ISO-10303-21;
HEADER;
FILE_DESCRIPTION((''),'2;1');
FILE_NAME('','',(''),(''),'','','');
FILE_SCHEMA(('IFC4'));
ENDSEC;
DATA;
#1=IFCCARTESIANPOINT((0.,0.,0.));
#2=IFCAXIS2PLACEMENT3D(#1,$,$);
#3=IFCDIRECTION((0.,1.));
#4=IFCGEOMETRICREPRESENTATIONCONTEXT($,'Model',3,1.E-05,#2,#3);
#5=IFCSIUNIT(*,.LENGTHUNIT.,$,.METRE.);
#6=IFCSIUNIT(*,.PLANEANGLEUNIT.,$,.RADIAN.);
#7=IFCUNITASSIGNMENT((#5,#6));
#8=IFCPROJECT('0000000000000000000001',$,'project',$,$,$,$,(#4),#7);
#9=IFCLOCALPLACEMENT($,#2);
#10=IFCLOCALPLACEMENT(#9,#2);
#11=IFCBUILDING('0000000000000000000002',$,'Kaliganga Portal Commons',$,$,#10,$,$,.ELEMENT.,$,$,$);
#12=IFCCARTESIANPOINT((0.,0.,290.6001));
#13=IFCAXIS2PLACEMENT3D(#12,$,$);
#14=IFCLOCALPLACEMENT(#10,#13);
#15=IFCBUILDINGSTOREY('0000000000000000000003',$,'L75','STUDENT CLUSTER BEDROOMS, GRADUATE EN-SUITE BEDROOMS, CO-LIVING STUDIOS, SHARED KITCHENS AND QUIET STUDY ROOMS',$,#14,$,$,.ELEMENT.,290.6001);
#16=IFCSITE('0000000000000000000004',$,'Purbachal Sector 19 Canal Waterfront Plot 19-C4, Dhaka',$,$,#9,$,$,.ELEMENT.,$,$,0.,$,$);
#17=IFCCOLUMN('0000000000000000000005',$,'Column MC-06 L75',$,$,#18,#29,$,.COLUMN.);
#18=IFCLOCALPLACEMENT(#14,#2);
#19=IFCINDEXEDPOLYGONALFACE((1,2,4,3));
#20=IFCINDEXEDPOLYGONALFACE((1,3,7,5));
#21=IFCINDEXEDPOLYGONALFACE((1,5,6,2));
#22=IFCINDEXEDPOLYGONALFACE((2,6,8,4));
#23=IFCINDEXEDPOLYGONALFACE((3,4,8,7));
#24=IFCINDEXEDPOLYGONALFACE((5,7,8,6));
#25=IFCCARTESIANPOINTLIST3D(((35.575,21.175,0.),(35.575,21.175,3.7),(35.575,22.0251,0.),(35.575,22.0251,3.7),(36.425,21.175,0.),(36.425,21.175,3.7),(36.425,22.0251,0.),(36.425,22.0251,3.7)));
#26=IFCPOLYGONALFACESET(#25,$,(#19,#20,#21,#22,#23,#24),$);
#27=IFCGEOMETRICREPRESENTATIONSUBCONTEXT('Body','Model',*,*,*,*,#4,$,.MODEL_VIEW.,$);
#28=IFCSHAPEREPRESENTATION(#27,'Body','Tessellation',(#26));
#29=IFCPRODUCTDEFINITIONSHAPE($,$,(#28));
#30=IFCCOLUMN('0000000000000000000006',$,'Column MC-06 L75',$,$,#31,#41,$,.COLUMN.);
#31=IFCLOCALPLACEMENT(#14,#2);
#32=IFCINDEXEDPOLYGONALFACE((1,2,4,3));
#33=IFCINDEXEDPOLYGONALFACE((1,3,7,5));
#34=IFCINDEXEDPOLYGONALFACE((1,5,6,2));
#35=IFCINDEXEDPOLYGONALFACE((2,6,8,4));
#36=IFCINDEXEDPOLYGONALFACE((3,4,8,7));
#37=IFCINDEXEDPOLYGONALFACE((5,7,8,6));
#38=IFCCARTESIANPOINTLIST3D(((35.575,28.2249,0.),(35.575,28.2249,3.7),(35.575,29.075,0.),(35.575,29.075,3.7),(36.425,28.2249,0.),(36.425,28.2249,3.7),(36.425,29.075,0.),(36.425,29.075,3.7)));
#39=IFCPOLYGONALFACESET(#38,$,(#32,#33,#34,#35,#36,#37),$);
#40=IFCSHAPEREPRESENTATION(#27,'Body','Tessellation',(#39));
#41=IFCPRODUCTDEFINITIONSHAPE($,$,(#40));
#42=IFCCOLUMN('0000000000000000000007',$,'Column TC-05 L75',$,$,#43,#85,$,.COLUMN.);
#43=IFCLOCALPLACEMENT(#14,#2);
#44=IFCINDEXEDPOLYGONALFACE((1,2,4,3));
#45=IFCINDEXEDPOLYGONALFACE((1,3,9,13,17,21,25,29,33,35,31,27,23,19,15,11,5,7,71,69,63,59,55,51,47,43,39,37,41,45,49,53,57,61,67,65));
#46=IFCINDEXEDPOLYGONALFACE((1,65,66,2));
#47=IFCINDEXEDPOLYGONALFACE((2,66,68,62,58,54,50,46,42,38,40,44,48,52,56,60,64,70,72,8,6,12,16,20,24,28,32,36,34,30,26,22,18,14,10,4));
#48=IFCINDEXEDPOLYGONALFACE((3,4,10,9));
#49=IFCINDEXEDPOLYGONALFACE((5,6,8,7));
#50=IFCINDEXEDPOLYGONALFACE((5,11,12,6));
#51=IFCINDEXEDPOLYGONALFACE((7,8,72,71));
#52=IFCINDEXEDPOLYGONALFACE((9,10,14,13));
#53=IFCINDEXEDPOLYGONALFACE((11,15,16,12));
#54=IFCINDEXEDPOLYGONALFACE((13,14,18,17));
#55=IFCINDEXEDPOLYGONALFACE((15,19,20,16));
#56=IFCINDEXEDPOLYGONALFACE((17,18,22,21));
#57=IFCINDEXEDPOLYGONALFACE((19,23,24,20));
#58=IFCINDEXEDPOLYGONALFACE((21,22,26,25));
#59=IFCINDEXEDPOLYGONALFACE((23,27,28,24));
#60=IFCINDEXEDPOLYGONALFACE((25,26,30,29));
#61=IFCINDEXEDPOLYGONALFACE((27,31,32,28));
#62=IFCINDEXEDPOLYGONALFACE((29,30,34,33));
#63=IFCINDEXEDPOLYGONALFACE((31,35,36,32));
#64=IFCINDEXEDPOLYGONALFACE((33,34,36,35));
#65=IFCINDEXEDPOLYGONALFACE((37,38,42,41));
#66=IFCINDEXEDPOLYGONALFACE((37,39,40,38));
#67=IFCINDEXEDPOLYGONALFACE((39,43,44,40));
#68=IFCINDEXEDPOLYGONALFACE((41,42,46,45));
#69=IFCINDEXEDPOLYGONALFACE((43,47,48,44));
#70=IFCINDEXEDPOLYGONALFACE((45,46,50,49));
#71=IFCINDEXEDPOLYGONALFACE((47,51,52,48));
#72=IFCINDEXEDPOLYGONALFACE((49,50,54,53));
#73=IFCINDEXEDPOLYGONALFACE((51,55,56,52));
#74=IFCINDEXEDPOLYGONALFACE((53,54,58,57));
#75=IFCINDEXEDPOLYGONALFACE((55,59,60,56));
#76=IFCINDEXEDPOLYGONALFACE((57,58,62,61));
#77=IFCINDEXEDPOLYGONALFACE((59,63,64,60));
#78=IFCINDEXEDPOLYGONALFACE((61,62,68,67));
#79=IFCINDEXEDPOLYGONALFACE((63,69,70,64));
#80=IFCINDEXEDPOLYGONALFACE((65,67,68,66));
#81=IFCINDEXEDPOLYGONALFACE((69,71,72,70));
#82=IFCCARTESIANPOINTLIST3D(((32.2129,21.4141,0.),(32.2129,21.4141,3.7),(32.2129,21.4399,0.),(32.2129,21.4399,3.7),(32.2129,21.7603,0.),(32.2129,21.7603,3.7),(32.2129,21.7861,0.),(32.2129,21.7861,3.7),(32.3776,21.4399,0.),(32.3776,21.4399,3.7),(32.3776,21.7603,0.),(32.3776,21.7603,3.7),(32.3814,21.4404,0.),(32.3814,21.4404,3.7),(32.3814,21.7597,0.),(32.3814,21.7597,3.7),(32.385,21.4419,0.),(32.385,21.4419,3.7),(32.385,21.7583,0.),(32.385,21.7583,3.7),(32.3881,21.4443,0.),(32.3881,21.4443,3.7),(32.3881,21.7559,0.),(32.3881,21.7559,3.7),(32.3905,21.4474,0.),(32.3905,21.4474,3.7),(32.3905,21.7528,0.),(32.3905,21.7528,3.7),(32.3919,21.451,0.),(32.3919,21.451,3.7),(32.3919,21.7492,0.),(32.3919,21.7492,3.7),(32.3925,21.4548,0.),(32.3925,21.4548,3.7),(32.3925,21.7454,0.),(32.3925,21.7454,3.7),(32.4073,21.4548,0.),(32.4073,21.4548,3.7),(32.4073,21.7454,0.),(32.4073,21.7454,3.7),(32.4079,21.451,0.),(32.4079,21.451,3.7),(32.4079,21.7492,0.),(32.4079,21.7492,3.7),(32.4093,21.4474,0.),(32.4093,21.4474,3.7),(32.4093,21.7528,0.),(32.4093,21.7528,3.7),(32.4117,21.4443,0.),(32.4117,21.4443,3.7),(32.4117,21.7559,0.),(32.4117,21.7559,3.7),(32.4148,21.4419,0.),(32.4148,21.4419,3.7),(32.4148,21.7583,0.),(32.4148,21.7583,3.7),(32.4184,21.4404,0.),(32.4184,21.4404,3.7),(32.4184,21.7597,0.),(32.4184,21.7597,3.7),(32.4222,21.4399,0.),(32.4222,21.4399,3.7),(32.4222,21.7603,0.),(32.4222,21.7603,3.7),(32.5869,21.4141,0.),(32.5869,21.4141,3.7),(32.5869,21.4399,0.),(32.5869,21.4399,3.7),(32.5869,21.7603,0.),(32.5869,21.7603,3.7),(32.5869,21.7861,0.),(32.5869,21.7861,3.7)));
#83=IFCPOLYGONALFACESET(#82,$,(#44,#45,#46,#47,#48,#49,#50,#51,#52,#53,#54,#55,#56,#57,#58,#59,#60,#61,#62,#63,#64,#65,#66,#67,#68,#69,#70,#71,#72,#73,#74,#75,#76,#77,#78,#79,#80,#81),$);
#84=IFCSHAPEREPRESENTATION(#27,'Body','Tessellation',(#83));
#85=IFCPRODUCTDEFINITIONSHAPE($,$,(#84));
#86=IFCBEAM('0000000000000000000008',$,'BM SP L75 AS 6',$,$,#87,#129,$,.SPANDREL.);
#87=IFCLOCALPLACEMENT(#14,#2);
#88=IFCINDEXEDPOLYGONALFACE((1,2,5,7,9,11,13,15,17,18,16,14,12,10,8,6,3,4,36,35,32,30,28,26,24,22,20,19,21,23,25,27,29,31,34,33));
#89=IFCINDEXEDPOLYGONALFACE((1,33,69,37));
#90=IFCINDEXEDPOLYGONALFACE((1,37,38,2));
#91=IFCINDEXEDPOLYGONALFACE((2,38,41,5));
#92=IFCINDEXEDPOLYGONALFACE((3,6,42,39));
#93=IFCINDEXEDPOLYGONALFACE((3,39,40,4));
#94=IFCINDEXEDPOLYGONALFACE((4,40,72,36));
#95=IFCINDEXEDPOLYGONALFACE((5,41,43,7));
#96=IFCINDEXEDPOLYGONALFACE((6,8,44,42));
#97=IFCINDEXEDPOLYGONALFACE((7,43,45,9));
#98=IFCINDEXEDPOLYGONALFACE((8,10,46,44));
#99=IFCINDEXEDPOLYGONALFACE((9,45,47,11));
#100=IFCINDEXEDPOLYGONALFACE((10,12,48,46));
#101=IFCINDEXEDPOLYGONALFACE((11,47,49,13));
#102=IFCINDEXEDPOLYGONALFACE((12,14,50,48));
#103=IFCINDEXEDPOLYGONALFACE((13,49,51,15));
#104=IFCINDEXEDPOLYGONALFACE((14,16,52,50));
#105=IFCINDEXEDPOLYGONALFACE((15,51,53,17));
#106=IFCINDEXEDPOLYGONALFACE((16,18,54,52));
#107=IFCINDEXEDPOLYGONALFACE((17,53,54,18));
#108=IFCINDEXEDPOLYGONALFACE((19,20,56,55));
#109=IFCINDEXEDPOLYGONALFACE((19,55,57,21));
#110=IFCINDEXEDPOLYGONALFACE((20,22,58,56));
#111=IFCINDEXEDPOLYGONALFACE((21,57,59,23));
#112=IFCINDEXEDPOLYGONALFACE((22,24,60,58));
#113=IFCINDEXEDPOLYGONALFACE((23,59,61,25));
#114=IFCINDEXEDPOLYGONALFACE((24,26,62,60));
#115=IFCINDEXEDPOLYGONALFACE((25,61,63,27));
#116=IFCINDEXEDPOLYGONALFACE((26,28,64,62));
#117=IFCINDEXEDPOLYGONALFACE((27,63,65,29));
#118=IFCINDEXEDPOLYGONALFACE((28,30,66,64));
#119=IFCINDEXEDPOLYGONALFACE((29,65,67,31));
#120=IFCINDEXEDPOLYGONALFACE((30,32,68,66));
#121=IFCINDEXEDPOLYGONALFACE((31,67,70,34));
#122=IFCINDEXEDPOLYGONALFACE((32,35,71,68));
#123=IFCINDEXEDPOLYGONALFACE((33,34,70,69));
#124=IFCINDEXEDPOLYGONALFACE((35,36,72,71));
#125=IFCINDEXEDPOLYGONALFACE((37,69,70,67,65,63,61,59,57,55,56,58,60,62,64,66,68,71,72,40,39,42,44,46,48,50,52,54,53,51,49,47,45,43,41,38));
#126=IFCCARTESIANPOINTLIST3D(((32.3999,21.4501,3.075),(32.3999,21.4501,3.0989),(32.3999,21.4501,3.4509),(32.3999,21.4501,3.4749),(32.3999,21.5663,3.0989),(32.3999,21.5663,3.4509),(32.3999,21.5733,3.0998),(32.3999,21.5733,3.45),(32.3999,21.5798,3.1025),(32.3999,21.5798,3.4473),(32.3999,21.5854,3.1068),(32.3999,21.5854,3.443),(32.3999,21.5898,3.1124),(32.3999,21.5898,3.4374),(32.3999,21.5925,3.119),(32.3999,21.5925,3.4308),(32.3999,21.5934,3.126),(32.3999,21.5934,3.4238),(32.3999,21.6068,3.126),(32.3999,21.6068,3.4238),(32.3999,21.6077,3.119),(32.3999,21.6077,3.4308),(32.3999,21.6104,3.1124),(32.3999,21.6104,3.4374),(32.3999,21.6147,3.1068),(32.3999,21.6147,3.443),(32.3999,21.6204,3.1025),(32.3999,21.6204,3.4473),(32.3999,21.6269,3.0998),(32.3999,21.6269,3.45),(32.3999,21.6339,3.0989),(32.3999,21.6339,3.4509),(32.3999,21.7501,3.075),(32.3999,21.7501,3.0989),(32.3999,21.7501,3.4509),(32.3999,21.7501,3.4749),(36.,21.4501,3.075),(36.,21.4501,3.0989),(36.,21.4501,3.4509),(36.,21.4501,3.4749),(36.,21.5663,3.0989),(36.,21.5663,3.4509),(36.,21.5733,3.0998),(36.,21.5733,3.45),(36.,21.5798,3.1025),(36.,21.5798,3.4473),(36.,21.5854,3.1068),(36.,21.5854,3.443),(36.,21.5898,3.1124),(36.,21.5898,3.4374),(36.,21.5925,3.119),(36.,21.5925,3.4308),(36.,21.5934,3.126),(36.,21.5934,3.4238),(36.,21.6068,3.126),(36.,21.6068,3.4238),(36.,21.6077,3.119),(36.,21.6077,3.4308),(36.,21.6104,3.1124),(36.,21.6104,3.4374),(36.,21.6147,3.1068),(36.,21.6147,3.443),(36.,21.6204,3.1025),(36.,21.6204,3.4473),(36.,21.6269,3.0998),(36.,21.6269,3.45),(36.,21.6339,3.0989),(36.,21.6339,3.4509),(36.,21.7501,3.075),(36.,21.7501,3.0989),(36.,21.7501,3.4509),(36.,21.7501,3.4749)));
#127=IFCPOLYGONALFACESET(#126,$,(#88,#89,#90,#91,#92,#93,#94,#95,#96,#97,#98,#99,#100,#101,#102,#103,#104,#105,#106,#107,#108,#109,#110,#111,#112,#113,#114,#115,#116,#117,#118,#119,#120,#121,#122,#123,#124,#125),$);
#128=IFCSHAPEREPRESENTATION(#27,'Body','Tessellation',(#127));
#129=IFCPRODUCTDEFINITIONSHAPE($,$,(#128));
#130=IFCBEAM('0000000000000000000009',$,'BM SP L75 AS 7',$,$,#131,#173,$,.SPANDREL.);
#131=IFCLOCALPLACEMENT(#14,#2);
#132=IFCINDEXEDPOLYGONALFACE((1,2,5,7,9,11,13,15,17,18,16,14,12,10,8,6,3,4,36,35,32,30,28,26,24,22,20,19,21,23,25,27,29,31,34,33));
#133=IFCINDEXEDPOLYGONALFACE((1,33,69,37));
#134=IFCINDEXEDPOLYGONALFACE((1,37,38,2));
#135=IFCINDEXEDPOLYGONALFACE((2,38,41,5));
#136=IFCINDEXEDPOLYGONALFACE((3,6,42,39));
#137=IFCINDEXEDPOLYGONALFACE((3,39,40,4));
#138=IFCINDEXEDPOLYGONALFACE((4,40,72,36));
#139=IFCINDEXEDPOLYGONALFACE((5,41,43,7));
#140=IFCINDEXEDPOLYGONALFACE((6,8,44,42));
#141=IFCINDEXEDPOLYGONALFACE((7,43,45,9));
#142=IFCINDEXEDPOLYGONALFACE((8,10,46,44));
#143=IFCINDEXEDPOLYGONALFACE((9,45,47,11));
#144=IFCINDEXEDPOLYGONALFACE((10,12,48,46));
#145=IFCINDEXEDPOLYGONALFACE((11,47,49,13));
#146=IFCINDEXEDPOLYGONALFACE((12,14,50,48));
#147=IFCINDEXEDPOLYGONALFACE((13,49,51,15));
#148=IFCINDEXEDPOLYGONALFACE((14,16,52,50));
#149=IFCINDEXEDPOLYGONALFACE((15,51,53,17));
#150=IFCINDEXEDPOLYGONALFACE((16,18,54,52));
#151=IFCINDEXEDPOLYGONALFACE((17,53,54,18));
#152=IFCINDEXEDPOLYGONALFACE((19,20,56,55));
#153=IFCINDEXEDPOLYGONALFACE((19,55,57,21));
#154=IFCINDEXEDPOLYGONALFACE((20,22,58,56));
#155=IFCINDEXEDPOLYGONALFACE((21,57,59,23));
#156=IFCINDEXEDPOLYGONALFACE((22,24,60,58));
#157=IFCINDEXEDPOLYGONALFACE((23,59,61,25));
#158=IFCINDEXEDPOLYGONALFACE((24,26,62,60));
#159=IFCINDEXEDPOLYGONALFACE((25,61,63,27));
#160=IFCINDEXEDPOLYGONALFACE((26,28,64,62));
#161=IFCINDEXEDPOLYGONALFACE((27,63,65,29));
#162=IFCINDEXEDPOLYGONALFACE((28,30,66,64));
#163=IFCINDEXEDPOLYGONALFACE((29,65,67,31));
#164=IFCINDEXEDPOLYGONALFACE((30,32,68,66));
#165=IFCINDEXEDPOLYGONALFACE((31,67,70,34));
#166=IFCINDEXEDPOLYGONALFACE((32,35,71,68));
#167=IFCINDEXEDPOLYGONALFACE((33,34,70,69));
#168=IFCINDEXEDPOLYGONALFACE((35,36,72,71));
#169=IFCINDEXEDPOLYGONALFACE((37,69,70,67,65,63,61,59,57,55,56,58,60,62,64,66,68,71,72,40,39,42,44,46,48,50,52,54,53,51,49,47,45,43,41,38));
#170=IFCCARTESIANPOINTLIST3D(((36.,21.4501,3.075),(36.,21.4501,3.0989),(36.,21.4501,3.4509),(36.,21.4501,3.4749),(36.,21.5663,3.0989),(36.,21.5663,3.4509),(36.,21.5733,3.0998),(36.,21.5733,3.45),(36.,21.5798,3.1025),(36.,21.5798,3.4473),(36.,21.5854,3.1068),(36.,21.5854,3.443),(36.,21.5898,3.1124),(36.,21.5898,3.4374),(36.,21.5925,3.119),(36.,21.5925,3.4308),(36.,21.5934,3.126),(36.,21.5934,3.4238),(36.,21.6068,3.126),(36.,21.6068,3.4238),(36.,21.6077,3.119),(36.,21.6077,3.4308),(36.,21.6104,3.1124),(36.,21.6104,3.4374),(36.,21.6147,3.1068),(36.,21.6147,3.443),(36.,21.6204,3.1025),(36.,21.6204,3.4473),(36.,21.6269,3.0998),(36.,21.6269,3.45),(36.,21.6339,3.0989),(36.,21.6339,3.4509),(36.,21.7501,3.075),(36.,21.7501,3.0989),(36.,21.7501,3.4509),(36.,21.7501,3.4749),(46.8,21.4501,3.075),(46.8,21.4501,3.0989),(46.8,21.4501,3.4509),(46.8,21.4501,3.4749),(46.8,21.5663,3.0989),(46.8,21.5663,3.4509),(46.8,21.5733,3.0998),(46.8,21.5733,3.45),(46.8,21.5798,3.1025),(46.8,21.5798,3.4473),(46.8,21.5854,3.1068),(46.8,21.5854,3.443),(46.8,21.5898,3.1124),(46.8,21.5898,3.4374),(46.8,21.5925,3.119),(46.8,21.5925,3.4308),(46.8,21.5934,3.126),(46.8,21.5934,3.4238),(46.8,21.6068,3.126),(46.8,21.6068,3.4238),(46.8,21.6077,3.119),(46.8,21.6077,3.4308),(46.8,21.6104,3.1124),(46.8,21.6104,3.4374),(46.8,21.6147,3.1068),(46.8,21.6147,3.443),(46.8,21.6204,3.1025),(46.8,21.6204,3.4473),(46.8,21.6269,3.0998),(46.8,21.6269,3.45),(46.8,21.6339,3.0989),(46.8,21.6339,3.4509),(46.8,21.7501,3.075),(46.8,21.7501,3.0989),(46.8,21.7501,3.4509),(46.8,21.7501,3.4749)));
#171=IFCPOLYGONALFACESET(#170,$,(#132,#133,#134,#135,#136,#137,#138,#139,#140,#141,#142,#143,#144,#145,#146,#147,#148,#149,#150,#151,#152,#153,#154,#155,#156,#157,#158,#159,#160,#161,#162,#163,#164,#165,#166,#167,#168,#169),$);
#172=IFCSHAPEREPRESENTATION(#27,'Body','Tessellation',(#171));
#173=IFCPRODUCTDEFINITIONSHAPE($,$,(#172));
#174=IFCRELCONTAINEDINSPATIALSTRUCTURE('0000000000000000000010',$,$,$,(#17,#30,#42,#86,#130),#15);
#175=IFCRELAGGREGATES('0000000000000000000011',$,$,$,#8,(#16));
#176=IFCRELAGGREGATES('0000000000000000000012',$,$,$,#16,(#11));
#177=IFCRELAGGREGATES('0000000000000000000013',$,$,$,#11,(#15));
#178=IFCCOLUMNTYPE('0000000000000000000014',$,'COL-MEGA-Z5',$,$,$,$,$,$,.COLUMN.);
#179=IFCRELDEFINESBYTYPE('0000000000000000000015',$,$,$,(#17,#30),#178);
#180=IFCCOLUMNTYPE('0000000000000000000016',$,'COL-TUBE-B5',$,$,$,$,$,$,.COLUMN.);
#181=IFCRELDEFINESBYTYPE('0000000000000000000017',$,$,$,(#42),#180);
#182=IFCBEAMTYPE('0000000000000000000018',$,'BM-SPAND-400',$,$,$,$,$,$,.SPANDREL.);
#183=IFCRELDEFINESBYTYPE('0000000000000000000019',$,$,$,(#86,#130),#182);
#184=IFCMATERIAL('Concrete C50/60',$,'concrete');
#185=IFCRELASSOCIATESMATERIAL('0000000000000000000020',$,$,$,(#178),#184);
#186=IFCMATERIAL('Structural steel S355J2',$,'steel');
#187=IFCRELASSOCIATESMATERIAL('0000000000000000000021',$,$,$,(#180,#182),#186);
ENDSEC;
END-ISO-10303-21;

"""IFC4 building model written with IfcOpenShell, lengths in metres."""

from ifc_helpers import new_model, si_unit, direction, frame, origin, origin_2d, place, context, subcontext, project, spatial, rectangle, i_section, extrude, source, transform, mapped, material, material_profile, profile_set, type_object, element, save


model = new_model("IFC4")

# Units and contexts
model_context = context("Model", 3, precision=1e-05, world=origin(), true_north=direction((0.0, 1.0)))
body_context = subcontext(model_context, "Body", "Model", "MODEL_VIEW")
ifc_project = project(units=[si_unit("LENGTHUNIT", "METRE"), si_unit("PLANEANGLEUNIT", "RADIAN")], contexts=[model_context])

# Site, building, storey
site_placement = place(None, origin())
site = spatial("IfcSite", under=ifc_project, at=site_placement, Name="Purbachal Sector 19 Canal Waterfront Plot 19-C4, Dhaka", CompositionType="ELEMENT", RefElevation=0.0)
building_placement = place(site_placement, origin())
building = spatial("IfcBuilding", under=site, at=building_placement, Name="Kaliganga Portal Commons", CompositionType="ELEMENT")
storey_placement = place(building_placement, frame((0.0, 0.0, 290.6001)))
storey = spatial("IfcBuildingStorey", under=building, at=storey_placement, Name="L75", Description="STUDENT CLUSTER BEDROOMS, GRADUATE EN-SUITE BEDROOMS, CO-LIVING STUDIOS, SHARED KITCHENS AND QUIET STUDY ROOMS", CompositionType="ELEMENT", Elevation=290.6001)

# Columns
ifc_material_1 = material(Name="Concrete C50/60", Category="concrete")
ifc_material_profile_1 = material_profile(ifc_material_1, rectangle(XDim=0.8501, YDim=0.8501, at=origin_2d()), Name="RC 850x850")
ifc_profile_set_1 = profile_set([ifc_material_profile_1], Name="Concrete C50/60")
column_type_1 = type_object("IfcColumnType", Name="COL-MEGA-Z5", PredefinedType="COLUMN", material=ifc_profile_set_1)
shared_shape_1 = source(origin(), body_context, "Body", "SweptSolid", [
    extrude(rectangle(XDim=0.8501, YDim=0.8501, at=origin_2d()), origin(), (0.0, 0.0, 1.0), 3.7),
])
for number, where, z_axis, x_axis, name in (
    (1, (36.0, 21.6001, 0.0), (0.0, 0.0, 1.0), (1.0, 0.0, 0.0), "Column MC-06 L75"),
    (2, (36.0, 28.6499, 0.0), (0.0, 0.0, 1.0), (1.0, 0.0, 0.0), "Column MC-06 L75"),
):
    element("IfcColumn", number, at=place(storey_placement, frame(where, z_axis=z_axis, x_axis=x_axis)), inside=storey, type_object=column_type_1, Name=name, PredefinedType="COLUMN", context=body_context, shape_type="MappedRepresentation", body=[
        mapped(shared_shape_1, transform((0.0, 0.0, 0.0), x_axis=(1.0, 0.0, 0.0), y_axis=(0.0, 1.0, 0.0), z_axis=(0.0, 0.0, 1.0), scale=1.0)),
    ])
ifc_material_2 = material(Name="Structural steel S355J2", Category="steel")
ifc_material_profile_2 = material_profile(ifc_material_2, i_section(OverallWidth=0.374, OverallDepth=0.3721, WebThickness=0.0149, FlangeThickness=0.0259, FilletRadius=0.0149, at=origin_2d()), Name="HD 360x196")
ifc_profile_set_2 = profile_set([ifc_material_profile_2], Name="Structural steel S355J2 wide-flange")
column_type_2 = type_object("IfcColumnType", Name="COL-TUBE-B5", PredefinedType="COLUMN", material=ifc_profile_set_2)
shared_shape_2 = source(origin(), body_context, "Body", "SweptSolid", [
    extrude(i_section(OverallWidth=0.374, OverallDepth=0.3721, WebThickness=0.0149, FlangeThickness=0.0259, FilletRadius=0.0149, at=origin_2d()), origin(), (0.0, 0.0, 1.0), 3.7),
])
column_placement = place(storey_placement, frame((32.3999, 21.6001, 0.0), z_axis=(0.0, 0.0, 1.0), x_axis=(1.0, 0.0, 0.0)))
element("IfcColumn", 3, at=column_placement, inside=storey, type_object=column_type_2, Name="Column TC-05 L75", PredefinedType="COLUMN", context=body_context, shape_type="MappedRepresentation", body=[
    mapped(shared_shape_2, transform((0.0, 0.0, 0.0), x_axis=(1.0, 0.0, 0.0), y_axis=(0.0, 1.0, 0.0), z_axis=(0.0, 0.0, 1.0), scale=1.0)),
])

# Beams
ifc_material_profile_3 = material_profile(ifc_material_2, i_section(OverallWidth=0.3, OverallDepth=0.3999, WebThickness=0.0134, FlangeThickness=0.0239, FilletRadius=0.0271, at=origin_2d()), Name="HE 400 B")
ifc_profile_set_3 = profile_set([ifc_material_profile_3], Name="Structural steel S355J2 wide-flange")
beam_type_1 = type_object("IfcBeamType", Name="BM-SPAND-400", PredefinedType="SPANDREL", material=ifc_profile_set_3)
shared_shape_3 = source(origin(), body_context, "Body", "SweptSolid", [
    extrude(i_section(OverallWidth=0.3, OverallDepth=0.3999, WebThickness=0.0134, FlangeThickness=0.0239, FilletRadius=0.0271, at=origin_2d()), origin(), (0.0, 0.0, 1.0), 3.6001),
])
beam_1_placement = place(storey_placement, frame((32.3999, 21.6001, 3.2749), z_axis=(1.0, 0.0, 0.0), x_axis=(0.0, 1.0, 0.0)))
element("IfcBeam", 4, at=beam_1_placement, inside=storey, type_object=beam_type_1, Name="BM SP L75 AS 6", PredefinedType="SPANDREL", context=body_context, shape_type="MappedRepresentation", body=[
    mapped(shared_shape_3, transform((0.0, 0.0, 0.0), x_axis=(1.0, 0.0, 0.0), y_axis=(0.0, 1.0, 0.0), z_axis=(0.0, 0.0, 1.0), scale=1.0)),
])
shared_shape_4 = source(origin(), body_context, "Body", "SweptSolid", [
    extrude(i_section(OverallWidth=0.3, OverallDepth=0.3999, WebThickness=0.0134, FlangeThickness=0.0239, FilletRadius=0.0271, at=origin_2d()), origin(), (0.0, 0.0, 1.0), 10.8),
])
beam_2_placement = place(storey_placement, frame((36.0, 21.6001, 3.2749), z_axis=(1.0, 0.0, 0.0), x_axis=(0.0, 1.0, 0.0)))
element("IfcBeam", 5, at=beam_2_placement, inside=storey, type_object=beam_type_1, Name="BM SP L75 AS 7", PredefinedType="SPANDREL", context=body_context, shape_type="MappedRepresentation", body=[
    mapped(shared_shape_4, transform((0.0, 0.0, 0.0), x_axis=(1.0, 0.0, 0.0), y_axis=(0.0, 1.0, 0.0), z_axis=(0.0, 0.0, 1.0), scale=1.0)),
])

save(model, "model.ifc")
